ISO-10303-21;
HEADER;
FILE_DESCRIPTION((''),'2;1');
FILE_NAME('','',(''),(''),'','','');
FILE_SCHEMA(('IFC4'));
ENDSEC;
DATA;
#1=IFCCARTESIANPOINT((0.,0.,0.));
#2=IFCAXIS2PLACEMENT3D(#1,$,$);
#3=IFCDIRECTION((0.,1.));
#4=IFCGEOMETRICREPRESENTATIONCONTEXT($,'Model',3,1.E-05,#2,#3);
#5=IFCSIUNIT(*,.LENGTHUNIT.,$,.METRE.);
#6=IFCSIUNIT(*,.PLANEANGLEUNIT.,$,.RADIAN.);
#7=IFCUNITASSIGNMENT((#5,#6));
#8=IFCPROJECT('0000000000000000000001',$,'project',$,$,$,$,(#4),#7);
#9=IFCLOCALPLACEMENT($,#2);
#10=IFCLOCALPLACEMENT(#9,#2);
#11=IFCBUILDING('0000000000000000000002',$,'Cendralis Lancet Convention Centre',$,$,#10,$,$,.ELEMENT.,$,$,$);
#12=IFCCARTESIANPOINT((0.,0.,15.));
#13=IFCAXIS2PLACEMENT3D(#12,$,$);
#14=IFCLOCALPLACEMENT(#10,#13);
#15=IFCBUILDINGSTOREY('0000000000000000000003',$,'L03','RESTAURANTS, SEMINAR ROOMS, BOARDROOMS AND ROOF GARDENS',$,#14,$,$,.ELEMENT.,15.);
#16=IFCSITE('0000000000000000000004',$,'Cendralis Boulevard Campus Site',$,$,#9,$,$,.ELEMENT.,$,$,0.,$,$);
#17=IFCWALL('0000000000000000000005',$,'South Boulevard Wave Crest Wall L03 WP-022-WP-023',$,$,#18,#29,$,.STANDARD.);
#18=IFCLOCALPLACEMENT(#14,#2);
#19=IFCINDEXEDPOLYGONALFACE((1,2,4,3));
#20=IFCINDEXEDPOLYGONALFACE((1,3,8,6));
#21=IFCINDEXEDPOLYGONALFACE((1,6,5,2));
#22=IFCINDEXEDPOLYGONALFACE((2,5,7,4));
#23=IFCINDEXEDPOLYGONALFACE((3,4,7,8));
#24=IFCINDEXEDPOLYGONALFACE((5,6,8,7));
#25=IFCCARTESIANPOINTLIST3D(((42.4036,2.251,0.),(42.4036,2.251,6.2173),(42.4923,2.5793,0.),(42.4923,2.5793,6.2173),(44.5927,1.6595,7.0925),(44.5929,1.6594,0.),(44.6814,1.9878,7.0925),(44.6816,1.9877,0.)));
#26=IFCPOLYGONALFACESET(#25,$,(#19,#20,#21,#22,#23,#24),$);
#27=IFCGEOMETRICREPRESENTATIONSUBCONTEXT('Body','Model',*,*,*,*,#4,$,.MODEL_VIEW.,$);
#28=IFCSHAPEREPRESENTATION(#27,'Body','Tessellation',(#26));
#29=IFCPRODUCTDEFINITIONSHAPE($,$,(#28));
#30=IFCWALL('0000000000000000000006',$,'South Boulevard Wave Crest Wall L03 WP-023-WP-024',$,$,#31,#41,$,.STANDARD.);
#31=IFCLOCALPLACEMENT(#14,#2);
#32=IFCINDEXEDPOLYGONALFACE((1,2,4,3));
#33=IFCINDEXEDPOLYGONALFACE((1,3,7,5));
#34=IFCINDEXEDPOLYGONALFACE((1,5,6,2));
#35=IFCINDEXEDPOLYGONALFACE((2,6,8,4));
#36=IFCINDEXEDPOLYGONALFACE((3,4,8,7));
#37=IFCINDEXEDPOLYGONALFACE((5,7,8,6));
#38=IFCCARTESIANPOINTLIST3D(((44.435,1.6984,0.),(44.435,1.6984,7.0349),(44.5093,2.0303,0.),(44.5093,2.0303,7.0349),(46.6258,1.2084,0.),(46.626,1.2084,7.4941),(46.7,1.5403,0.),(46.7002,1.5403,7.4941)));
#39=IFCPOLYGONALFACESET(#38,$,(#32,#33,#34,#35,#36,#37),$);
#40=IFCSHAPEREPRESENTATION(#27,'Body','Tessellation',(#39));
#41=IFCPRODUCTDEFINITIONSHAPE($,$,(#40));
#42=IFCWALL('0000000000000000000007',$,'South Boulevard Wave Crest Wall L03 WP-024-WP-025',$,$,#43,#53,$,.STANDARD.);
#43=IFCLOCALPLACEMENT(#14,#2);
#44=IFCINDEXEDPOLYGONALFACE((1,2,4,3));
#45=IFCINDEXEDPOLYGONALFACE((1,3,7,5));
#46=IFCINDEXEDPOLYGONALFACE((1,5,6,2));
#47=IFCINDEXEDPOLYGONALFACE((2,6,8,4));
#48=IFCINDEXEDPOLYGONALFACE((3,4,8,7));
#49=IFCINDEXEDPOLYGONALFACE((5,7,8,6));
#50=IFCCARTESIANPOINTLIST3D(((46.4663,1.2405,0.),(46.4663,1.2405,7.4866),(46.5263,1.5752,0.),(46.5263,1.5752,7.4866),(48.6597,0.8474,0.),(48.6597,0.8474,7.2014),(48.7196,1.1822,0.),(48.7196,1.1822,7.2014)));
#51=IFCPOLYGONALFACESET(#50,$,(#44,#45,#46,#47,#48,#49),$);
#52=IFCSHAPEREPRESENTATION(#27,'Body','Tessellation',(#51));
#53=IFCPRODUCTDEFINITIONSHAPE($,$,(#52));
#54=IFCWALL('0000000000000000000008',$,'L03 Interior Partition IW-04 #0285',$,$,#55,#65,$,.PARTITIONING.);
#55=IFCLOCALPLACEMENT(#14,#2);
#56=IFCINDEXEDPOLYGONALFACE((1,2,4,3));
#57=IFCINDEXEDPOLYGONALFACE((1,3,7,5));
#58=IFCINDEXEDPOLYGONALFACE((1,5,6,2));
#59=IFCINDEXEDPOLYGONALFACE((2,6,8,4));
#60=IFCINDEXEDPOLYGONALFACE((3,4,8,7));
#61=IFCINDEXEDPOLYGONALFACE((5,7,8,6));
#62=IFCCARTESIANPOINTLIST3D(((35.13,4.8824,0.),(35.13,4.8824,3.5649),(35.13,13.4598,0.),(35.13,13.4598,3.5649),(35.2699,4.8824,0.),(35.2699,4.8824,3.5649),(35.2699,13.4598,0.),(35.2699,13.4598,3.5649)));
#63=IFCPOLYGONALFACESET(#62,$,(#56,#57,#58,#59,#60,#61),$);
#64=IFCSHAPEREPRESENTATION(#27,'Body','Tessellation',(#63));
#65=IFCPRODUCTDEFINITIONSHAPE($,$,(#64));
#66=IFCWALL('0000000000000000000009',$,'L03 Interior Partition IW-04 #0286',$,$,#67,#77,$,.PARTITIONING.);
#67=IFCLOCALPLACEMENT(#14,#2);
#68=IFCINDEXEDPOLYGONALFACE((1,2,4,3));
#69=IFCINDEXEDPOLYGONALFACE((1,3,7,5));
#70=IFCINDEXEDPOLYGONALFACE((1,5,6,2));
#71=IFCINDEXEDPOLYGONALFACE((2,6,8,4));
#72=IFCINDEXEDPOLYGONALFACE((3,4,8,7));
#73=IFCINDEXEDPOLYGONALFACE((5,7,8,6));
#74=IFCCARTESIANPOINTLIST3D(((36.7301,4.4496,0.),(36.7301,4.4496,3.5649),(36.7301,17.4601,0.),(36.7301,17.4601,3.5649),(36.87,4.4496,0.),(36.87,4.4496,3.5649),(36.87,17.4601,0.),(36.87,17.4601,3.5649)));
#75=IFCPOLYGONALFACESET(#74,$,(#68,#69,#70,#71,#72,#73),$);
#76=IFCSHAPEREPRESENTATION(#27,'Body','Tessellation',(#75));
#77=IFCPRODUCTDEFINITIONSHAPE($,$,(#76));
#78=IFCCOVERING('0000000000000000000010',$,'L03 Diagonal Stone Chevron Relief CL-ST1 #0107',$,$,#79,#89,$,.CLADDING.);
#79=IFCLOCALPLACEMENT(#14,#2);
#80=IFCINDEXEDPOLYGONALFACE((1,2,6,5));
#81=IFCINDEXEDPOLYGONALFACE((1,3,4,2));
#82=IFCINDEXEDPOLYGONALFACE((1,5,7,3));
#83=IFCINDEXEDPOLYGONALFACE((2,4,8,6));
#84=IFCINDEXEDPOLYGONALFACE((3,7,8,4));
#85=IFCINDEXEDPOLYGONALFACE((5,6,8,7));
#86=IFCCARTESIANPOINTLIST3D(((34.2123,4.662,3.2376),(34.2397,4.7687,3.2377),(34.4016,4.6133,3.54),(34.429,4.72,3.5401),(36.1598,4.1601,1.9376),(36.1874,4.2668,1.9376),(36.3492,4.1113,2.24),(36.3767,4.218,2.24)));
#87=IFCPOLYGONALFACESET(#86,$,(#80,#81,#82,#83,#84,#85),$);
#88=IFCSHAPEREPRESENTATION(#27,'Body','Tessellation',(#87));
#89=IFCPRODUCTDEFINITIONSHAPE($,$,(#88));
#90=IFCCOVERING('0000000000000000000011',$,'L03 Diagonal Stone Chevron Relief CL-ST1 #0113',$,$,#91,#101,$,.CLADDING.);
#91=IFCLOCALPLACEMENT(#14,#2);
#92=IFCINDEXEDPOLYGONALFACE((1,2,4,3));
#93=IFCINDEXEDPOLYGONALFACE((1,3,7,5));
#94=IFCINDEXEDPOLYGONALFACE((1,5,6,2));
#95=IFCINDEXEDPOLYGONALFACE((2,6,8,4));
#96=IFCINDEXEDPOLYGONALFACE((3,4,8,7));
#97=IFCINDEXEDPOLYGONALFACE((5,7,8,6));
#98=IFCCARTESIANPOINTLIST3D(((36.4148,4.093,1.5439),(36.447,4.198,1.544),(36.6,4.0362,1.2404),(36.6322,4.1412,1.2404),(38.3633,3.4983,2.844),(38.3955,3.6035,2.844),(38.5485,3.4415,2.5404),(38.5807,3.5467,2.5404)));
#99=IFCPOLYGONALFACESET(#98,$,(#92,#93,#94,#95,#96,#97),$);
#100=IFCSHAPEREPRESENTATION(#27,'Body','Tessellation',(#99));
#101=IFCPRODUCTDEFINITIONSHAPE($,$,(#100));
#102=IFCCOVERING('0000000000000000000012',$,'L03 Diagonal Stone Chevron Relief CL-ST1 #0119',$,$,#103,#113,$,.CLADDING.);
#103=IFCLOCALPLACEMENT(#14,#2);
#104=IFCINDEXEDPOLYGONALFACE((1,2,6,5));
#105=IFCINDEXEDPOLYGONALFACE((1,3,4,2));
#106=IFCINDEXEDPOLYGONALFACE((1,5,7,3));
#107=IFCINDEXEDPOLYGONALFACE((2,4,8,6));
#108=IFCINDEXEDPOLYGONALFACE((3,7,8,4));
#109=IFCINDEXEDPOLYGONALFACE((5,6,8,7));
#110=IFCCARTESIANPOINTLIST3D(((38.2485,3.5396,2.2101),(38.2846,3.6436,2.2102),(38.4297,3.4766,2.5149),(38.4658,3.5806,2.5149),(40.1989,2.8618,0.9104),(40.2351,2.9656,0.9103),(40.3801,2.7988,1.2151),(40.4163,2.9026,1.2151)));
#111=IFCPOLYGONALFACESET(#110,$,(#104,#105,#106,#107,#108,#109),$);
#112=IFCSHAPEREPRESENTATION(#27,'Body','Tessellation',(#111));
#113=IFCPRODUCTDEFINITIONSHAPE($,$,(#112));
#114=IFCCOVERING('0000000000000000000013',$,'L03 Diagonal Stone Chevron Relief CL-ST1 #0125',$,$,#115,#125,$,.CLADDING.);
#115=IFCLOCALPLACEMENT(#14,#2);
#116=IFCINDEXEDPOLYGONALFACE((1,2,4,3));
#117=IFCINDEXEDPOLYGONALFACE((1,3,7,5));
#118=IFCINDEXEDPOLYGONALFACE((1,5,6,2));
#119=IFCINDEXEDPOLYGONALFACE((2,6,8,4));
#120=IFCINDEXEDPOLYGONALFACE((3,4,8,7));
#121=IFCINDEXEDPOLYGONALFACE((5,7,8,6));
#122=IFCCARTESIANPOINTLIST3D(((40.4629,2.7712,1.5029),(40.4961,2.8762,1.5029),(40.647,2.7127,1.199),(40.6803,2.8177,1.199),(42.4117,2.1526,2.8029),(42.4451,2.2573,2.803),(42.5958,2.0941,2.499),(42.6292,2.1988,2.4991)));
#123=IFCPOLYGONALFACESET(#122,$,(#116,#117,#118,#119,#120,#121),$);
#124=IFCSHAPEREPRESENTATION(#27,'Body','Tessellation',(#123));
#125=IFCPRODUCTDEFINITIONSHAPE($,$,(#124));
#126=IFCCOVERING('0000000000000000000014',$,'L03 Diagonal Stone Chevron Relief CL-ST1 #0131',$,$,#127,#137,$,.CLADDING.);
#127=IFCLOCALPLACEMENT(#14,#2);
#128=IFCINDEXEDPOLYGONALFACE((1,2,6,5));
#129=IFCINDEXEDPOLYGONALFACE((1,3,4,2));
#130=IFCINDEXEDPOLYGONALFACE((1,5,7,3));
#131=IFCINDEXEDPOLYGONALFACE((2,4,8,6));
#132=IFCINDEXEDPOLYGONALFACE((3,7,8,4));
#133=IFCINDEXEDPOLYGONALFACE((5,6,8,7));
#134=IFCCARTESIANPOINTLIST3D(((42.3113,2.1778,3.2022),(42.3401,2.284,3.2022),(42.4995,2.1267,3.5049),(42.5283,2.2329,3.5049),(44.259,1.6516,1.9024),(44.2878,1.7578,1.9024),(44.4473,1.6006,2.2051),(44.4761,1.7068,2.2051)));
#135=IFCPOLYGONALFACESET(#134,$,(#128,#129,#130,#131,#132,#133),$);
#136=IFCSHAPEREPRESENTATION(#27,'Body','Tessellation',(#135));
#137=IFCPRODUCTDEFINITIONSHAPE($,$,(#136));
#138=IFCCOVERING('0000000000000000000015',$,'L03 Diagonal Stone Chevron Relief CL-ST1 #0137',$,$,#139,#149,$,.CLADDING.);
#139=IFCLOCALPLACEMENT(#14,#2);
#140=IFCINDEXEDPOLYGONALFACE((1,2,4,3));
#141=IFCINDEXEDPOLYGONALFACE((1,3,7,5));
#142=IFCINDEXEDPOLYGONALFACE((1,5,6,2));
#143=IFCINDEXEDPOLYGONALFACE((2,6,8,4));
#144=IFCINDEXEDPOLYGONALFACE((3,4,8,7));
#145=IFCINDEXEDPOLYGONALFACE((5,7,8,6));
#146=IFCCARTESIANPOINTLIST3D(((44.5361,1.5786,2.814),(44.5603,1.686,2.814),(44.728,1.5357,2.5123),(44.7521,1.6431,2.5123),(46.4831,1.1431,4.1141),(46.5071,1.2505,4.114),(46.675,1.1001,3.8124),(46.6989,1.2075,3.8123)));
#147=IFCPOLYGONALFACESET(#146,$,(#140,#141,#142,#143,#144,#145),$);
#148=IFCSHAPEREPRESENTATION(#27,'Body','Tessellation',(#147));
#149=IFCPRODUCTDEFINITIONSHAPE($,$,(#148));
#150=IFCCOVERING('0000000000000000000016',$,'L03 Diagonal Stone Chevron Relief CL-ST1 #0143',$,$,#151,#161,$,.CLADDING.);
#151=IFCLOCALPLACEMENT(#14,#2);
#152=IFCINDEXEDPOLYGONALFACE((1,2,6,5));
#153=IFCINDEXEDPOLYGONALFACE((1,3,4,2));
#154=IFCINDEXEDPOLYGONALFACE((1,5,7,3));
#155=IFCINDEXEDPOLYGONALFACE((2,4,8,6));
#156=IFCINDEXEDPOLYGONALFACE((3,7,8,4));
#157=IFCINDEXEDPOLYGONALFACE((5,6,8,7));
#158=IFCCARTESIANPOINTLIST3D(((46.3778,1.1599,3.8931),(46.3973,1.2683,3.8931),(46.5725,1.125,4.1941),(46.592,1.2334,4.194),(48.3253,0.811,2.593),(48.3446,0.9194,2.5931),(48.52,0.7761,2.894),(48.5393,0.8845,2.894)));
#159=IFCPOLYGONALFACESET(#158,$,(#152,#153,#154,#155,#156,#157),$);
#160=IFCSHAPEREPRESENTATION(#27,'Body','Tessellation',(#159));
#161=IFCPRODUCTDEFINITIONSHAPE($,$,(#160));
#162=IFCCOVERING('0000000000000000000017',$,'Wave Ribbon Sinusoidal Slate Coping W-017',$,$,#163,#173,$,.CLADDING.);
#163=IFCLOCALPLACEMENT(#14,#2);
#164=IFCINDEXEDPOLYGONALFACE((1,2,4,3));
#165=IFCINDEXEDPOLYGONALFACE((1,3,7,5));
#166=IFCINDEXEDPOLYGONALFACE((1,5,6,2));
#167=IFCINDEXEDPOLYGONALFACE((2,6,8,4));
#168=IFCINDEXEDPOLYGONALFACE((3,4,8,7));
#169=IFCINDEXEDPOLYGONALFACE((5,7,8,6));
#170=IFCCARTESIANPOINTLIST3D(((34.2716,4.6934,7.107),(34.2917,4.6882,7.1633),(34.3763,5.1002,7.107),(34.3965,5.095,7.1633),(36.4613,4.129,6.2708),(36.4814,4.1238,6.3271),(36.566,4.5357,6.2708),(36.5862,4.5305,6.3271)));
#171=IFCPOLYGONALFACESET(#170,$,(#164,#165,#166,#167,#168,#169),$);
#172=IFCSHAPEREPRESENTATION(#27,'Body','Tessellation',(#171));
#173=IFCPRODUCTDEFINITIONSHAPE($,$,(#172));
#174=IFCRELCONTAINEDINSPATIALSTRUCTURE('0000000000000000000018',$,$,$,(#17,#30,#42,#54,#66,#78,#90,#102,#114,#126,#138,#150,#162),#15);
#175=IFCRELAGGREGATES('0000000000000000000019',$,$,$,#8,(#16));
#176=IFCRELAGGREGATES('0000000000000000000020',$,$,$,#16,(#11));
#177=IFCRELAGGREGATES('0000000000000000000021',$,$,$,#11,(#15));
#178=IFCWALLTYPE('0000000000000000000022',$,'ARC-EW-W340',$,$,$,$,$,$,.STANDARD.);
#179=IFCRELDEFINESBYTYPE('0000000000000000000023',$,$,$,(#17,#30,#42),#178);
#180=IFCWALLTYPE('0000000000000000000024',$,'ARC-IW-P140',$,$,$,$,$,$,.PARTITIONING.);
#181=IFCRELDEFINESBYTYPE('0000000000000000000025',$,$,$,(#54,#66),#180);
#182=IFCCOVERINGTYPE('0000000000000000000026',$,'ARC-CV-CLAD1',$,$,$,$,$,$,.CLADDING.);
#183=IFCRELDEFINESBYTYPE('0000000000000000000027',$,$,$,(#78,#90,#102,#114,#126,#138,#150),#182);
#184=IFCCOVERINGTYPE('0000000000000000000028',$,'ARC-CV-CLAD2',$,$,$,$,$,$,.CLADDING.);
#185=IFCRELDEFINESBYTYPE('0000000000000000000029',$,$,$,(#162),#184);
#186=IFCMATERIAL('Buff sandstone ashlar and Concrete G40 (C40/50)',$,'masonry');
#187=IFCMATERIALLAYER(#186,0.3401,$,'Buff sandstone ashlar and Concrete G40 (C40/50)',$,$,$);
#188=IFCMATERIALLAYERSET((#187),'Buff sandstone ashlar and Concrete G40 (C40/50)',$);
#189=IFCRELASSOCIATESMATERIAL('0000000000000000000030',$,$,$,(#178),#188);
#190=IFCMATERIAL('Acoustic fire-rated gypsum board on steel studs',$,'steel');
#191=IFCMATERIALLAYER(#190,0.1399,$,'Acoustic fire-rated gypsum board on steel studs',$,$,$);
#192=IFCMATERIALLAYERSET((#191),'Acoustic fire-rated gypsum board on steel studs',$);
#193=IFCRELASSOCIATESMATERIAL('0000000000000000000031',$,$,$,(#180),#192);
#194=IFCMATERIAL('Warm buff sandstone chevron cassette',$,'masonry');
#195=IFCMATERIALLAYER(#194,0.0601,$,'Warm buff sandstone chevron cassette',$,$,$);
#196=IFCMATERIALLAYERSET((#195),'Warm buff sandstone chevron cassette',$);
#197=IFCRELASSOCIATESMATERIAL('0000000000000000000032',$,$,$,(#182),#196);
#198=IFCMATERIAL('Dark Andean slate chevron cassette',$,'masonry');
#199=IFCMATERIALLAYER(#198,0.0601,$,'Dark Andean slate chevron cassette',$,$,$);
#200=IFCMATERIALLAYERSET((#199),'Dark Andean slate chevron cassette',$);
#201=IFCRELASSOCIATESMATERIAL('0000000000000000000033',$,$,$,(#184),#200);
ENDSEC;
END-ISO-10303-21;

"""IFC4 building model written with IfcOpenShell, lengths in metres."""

from ifc_helpers import new_model, si_unit, direction, frame, frame_2d, origin, place, context, subcontext, project, spatial, polyline, rectangle, outline, extrude, material, layer, layer_set, type_object, element, save


model = new_model("IFC4")

# Units and contexts
model_context = context("Model", 3, precision=1e-05, world=origin(), true_north=direction((0.0, 1.0)))
body_context = subcontext(model_context, "Body", "Model", "MODEL_VIEW")
ifc_project = project(units=[si_unit("LENGTHUNIT", "METRE"), si_unit("PLANEANGLEUNIT", "RADIAN")], contexts=[model_context])

# Site, building, storey
site_placement = place(None, origin())
site = spatial("IfcSite", under=ifc_project, at=site_placement, Name="Cendralis Boulevard Campus Site", CompositionType="ELEMENT", RefElevation=0.0)
building_placement = place(site_placement, origin())
building = spatial("IfcBuilding", under=site, at=building_placement, Name="Cendralis Lancet Convention Centre", CompositionType="ELEMENT")
storey_placement = place(building_placement, frame((0.0, 0.0, 15.0)))
storey = spatial("IfcBuildingStorey", under=building, at=storey_placement, Name="L03", Description="RESTAURANTS, SEMINAR ROOMS, BOARDROOMS AND ROOF GARDENS", CompositionType="ELEMENT", Elevation=15.0)

# Shared definitions
ifc_material_1 = material(Name="Warm buff sandstone chevron cassette", Category="masonry")
ifc_material_2 = material(Name="Dark Andean slate chevron cassette", Category="masonry")

# Walls
ifc_material_3 = material(Name="Buff sandstone ashlar and Concrete G40 (C40/50)", Category="masonry")
ifc_layer_1 = layer(ifc_material_3, 0.3401, Name="Buff sandstone ashlar and Concrete G40 (C40/50)")
ifc_layer_set_1 = layer_set([ifc_layer_1], Name="Buff sandstone ashlar and Concrete G40 (C40/50)")
wall_type_1 = type_object("IfcWallType", Name="ARC-EW-W340", PredefinedType="STANDARD", material=ifc_layer_set_1)
wall_1_placement = place(storey_placement, frame((42.448, 2.4153, 0.0), z_axis=(0.0, 0.0, 1.0), x_axis=(0.965377, -0.260858, 0.0)))
element("IfcWall", 1, at=wall_1_placement, inside=storey, type_object=wall_type_1, Name="South Boulevard Wave Crest Wall L03 WP-022-WP-023", PredefinedType="STANDARD", context=body_context, shape_type="SweptSolid", body=[
    extrude(outline(polyline([(0.0, 0.0), (2.2678, 0.0), (2.2676, 7.0925), (0.0, 6.2173), (0.0, 0.0)])), frame((0.0, 0.1699, 0.0), z_axis=(0.0, -1.0, 0.0), x_axis=(1.0, 0.0, 0.0)), (0.0, 0.0, 1.0), 0.3401),
])
wall_2_placement = place(storey_placement, frame((44.4722, 1.8645, 0.0), z_axis=(0.0, 0.0, 1.0), x_axis=(0.975887, -0.218278, 0.0)))
element("IfcWall", 2, at=wall_2_placement, inside=storey, type_object=wall_type_1, Name="South Boulevard Wave Crest Wall L03 WP-023-WP-024", PredefinedType="STANDARD", context=body_context, shape_type="SweptSolid", body=[
    extrude(outline(polyline([(0.0, 0.0), (2.2449, 0.0), (2.2451, 7.4941), (0.0, 7.0349), (0.0, 0.0)])), frame((0.0, 0.1699, 0.0), z_axis=(0.0, -1.0, 0.0), x_axis=(1.0, 0.0, 0.0)), (0.0, 0.0, 1.0), 0.3401),
])
wall_3_placement = place(storey_placement, frame((46.4963, 1.408, 0.0), z_axis=(0.0, 0.0, 1.0), x_axis=(0.984319, -0.176397, 0.0)))
element("IfcWall", 3, at=wall_3_placement, inside=storey, type_object=wall_type_1, Name="South Boulevard Wave Crest Wall L03 WP-024-WP-025", PredefinedType="STANDARD", context=body_context, shape_type="SweptSolid", body=[
    extrude(outline(polyline([(0.0, 0.0), (2.2283, 0.0), (2.2283, 7.2014), (0.0, 7.4866), (0.0, 0.0)])), frame((0.0, 0.1699, 0.0), z_axis=(0.0, -1.0, 0.0), x_axis=(1.0, 0.0, 0.0)), (0.0, 0.0, 1.0), 0.3401),
])
ifc_material_4 = material(Name="Acoustic fire-rated gypsum board on steel studs", Category="steel")
ifc_layer_2 = layer(ifc_material_4, 0.1399, Name="Acoustic fire-rated gypsum board on steel studs")
ifc_layer_set_2 = layer_set([ifc_layer_2], Name="Acoustic fire-rated gypsum board on steel studs")
wall_type_2 = type_object("IfcWallType", Name="ARC-IW-P140", PredefinedType="PARTITIONING", material=ifc_layer_set_2)
wall_4_placement = place(storey_placement, frame((35.2, 4.8826, 0.0), z_axis=(0.0, 0.0, 1.0), x_axis=(0.0, 1.0, 0.0)))
element("IfcWall", 4, at=wall_4_placement, inside=storey, type_object=wall_type_2, Name="L03 Interior Partition IW-04 #0285", PredefinedType="PARTITIONING", context=body_context, shape_type="SweptSolid", body=[
    extrude(rectangle(XDim=8.5774, YDim=0.1399, at=frame_2d((4.2886, 0.0))), origin(), (0.0, 0.0, 1.0), 3.5649),
])
wall_5_placement = place(storey_placement, frame((36.8, 4.4495, 0.0), z_axis=(0.0, 0.0, 1.0), x_axis=(0.0, 1.0, 0.0)))
element("IfcWall", 5, at=wall_5_placement, inside=storey, type_object=wall_type_2, Name="L03 Interior Partition IW-04 #0286", PredefinedType="PARTITIONING", context=body_context, shape_type="SweptSolid", body=[
    extrude(rectangle(XDim=13.0105, YDim=0.1399, at=frame_2d((6.5054, 0.0))), origin(), (0.0, 0.0, 1.0), 3.5649),
])

# Coverings
ifc_layer_3 = layer(ifc_material_1, 0.0601, Name="Warm buff sandstone chevron cassette")
ifc_layer_set_3 = layer_set([ifc_layer_3], Name="Warm buff sandstone chevron cassette")
covering_type_1 = type_object("IfcCoveringType", Name="ARC-CV-CLAD1", PredefinedType="CLADDING", material=ifc_layer_set_3)
covering_1_placement = place(storey_placement, frame((34.4016, 4.6133, 3.54), z_axis=(0.525709, -0.135337, 0.83983), x_axis=(0.813252, -0.209608, -0.54285)))
element("IfcCovering", 6, at=covering_1_placement, inside=storey, type_object=covering_type_1, Name="L03 Diagonal Stone Chevron Relief CL-ST1 #0107", PredefinedType="CLADDING", context=body_context, shape_type="SweptSolid", body=[
    extrude(outline(polyline([(0.0, 0.0), (2.3948, 0.0), (2.3948, 0.1102), (-0.0001, 0.1101), (0.0, 0.0)])), origin(), (0.0, 0.0, -1.0), 0.3601),
])
covering_2_placement = place(storey_placement, frame((36.4148, 4.093, 1.5439), z_axis=(-0.514317, 0.1577, 0.842976), x_axis=(0.806256, -0.246089, 0.537951)))
element("IfcCovering", 7, at=covering_2_placement, inside=storey, type_object=covering_type_1, Name="L03 Diagonal Stone Chevron Relief CL-ST1 #0113", PredefinedType="CLADDING", context=body_context, shape_type="SweptSolid", body=[
    extrude(outline(polyline([(0.0, 0.0), (2.4167, 0.0), (2.4168, 0.11), (0.0001, 0.1098), (0.0, 0.0)])), origin(), (0.0, 0.0, -1.0), 0.3601),
])
covering_3_placement = place(storey_placement, frame((38.4297, 3.4766, 2.5149), z_axis=(0.503157, -0.175011, 0.846288), x_axis=(0.799403, -0.277775, -0.532725)))
element("IfcCovering", 8, at=covering_3_placement, inside=storey, type_object=covering_type_1, Name="L03 Diagonal Stone Chevron Relief CL-ST1 #0119", PredefinedType="CLADDING", context=body_context, shape_type="SweptSolid", body=[
    extrude(outline(polyline([(0.0, 0.0), (2.4399, 0.0), (2.4399, 0.1099), (0.0, 0.1101), (0.0, 0.0)])), origin(), (0.0, 0.0, -1.0), 0.3601),
])
covering_4_placement = place(storey_placement, frame((40.4629, 2.7712, 1.5029), z_axis=(-0.511338, 0.162509, 0.843875), x_axis=(0.804317, -0.255342, 0.53654)))
element("IfcCovering", 9, at=covering_4_placement, inside=storey, type_object=covering_type_1, Name="L03 Diagonal Stone Chevron Relief CL-ST1 #0125", PredefinedType="CLADDING", context=body_context, shape_type="SweptSolid", body=[
    extrude(outline(polyline([(0.0, 0.0), (2.4229, 0.0), (2.4231, 0.1099), (-0.0001, 0.1101), (0.0, 0.0)])), origin(), (0.0, 0.0, -1.0), 0.3601),
])
covering_5_placement = place(storey_placement, frame((42.4995, 2.1267, 3.5049), z_axis=(0.522694, -0.141788, 0.840647), x_axis=(0.811561, -0.219217, -0.541583)))
element("IfcCovering", 10, at=covering_5_placement, inside=storey, type_object=covering_type_1, Name="L03 Diagonal Stone Chevron Relief CL-ST1 #0131", PredefinedType="CLADDING", context=body_context, shape_type="SweptSolid", body=[
    extrude(outline(polyline([(0.0, 0.0), (2.4, 0.0), (2.4001, 0.11), (0.0001, 0.11), (0.0, 0.0)])), origin(), (0.0, 0.0, -1.0), 0.3601),
])
covering_6_placement = place(storey_placement, frame((44.5361, 1.5786, 2.814), z_axis=(-0.532771, 0.119268, 0.837813), x_axis=(0.817606, -0.182898, 0.545957)))
element("IfcCovering", 11, at=covering_6_placement, inside=storey, type_object=covering_type_1, Name="L03 Diagonal Stone Chevron Relief CL-ST1 #0137", PredefinedType="CLADDING", context=body_context, shape_type="SweptSolid", body=[
    extrude(outline(polyline([(0.0, 0.0), (2.3813, 0.0), (2.3812, 0.1101), (0.0001, 0.1101), (0.0, 0.0)])), origin(), (0.0, 0.0, -1.0), 0.3601),
])
covering_7_placement = place(storey_placement, frame((46.5725, 1.125, 4.1941), z_axis=(0.54057, -0.096791, 0.835713), x_axis=(0.822618, -0.147364, -0.549167)))
element("IfcCovering", 12, at=covering_7_placement, inside=storey, type_object=covering_type_1, Name="L03 Diagonal Stone Chevron Relief CL-ST1 #0143", PredefinedType="CLADDING", context=body_context, shape_type="SweptSolid", body=[
    extrude(outline(polyline([(0.0, 0.0), (2.3674, 0.0), (2.3673, 0.1101), (0.0001, 0.1101), (0.0, 0.0)])), origin(), (0.0, 0.0, -1.0), 0.3601),
])
ifc_layer_4 = layer(ifc_material_2, 0.0601, Name="Dark Andean slate chevron cassette")
ifc_layer_set_4 = layer_set([ifc_layer_4], Name="Dark Andean slate chevron cassette")
covering_type_2 = type_object("IfcCoveringType", Name="ARC-CV-CLAD2", PredefinedType="CLADDING", material=ifc_layer_set_4)
covering_8_placement = place(storey_placement, frame((34.2917, 4.6882, 7.1633), z_axis=(0.335873, -0.086488, 0.937928), x_axis=(0.908238, -0.234123, -0.34683)))
element("IfcCovering", 13, at=covering_8_placement, inside=storey, type_object=covering_type_2, Name="Wave Ribbon Sinusoidal Slate Coping W-017", PredefinedType="CLADDING", context=body_context, shape_type="SweptSolid", body=[
    extrude(outline(polyline([(0.0, 0.0), (2.4109, 0.0), (2.4108, 0.42), (-0.0001, 0.42), (0.0, 0.0)])), origin(), (0.0, 0.0, -1.0), 0.0601),
])

save(model, "model.ifc")
